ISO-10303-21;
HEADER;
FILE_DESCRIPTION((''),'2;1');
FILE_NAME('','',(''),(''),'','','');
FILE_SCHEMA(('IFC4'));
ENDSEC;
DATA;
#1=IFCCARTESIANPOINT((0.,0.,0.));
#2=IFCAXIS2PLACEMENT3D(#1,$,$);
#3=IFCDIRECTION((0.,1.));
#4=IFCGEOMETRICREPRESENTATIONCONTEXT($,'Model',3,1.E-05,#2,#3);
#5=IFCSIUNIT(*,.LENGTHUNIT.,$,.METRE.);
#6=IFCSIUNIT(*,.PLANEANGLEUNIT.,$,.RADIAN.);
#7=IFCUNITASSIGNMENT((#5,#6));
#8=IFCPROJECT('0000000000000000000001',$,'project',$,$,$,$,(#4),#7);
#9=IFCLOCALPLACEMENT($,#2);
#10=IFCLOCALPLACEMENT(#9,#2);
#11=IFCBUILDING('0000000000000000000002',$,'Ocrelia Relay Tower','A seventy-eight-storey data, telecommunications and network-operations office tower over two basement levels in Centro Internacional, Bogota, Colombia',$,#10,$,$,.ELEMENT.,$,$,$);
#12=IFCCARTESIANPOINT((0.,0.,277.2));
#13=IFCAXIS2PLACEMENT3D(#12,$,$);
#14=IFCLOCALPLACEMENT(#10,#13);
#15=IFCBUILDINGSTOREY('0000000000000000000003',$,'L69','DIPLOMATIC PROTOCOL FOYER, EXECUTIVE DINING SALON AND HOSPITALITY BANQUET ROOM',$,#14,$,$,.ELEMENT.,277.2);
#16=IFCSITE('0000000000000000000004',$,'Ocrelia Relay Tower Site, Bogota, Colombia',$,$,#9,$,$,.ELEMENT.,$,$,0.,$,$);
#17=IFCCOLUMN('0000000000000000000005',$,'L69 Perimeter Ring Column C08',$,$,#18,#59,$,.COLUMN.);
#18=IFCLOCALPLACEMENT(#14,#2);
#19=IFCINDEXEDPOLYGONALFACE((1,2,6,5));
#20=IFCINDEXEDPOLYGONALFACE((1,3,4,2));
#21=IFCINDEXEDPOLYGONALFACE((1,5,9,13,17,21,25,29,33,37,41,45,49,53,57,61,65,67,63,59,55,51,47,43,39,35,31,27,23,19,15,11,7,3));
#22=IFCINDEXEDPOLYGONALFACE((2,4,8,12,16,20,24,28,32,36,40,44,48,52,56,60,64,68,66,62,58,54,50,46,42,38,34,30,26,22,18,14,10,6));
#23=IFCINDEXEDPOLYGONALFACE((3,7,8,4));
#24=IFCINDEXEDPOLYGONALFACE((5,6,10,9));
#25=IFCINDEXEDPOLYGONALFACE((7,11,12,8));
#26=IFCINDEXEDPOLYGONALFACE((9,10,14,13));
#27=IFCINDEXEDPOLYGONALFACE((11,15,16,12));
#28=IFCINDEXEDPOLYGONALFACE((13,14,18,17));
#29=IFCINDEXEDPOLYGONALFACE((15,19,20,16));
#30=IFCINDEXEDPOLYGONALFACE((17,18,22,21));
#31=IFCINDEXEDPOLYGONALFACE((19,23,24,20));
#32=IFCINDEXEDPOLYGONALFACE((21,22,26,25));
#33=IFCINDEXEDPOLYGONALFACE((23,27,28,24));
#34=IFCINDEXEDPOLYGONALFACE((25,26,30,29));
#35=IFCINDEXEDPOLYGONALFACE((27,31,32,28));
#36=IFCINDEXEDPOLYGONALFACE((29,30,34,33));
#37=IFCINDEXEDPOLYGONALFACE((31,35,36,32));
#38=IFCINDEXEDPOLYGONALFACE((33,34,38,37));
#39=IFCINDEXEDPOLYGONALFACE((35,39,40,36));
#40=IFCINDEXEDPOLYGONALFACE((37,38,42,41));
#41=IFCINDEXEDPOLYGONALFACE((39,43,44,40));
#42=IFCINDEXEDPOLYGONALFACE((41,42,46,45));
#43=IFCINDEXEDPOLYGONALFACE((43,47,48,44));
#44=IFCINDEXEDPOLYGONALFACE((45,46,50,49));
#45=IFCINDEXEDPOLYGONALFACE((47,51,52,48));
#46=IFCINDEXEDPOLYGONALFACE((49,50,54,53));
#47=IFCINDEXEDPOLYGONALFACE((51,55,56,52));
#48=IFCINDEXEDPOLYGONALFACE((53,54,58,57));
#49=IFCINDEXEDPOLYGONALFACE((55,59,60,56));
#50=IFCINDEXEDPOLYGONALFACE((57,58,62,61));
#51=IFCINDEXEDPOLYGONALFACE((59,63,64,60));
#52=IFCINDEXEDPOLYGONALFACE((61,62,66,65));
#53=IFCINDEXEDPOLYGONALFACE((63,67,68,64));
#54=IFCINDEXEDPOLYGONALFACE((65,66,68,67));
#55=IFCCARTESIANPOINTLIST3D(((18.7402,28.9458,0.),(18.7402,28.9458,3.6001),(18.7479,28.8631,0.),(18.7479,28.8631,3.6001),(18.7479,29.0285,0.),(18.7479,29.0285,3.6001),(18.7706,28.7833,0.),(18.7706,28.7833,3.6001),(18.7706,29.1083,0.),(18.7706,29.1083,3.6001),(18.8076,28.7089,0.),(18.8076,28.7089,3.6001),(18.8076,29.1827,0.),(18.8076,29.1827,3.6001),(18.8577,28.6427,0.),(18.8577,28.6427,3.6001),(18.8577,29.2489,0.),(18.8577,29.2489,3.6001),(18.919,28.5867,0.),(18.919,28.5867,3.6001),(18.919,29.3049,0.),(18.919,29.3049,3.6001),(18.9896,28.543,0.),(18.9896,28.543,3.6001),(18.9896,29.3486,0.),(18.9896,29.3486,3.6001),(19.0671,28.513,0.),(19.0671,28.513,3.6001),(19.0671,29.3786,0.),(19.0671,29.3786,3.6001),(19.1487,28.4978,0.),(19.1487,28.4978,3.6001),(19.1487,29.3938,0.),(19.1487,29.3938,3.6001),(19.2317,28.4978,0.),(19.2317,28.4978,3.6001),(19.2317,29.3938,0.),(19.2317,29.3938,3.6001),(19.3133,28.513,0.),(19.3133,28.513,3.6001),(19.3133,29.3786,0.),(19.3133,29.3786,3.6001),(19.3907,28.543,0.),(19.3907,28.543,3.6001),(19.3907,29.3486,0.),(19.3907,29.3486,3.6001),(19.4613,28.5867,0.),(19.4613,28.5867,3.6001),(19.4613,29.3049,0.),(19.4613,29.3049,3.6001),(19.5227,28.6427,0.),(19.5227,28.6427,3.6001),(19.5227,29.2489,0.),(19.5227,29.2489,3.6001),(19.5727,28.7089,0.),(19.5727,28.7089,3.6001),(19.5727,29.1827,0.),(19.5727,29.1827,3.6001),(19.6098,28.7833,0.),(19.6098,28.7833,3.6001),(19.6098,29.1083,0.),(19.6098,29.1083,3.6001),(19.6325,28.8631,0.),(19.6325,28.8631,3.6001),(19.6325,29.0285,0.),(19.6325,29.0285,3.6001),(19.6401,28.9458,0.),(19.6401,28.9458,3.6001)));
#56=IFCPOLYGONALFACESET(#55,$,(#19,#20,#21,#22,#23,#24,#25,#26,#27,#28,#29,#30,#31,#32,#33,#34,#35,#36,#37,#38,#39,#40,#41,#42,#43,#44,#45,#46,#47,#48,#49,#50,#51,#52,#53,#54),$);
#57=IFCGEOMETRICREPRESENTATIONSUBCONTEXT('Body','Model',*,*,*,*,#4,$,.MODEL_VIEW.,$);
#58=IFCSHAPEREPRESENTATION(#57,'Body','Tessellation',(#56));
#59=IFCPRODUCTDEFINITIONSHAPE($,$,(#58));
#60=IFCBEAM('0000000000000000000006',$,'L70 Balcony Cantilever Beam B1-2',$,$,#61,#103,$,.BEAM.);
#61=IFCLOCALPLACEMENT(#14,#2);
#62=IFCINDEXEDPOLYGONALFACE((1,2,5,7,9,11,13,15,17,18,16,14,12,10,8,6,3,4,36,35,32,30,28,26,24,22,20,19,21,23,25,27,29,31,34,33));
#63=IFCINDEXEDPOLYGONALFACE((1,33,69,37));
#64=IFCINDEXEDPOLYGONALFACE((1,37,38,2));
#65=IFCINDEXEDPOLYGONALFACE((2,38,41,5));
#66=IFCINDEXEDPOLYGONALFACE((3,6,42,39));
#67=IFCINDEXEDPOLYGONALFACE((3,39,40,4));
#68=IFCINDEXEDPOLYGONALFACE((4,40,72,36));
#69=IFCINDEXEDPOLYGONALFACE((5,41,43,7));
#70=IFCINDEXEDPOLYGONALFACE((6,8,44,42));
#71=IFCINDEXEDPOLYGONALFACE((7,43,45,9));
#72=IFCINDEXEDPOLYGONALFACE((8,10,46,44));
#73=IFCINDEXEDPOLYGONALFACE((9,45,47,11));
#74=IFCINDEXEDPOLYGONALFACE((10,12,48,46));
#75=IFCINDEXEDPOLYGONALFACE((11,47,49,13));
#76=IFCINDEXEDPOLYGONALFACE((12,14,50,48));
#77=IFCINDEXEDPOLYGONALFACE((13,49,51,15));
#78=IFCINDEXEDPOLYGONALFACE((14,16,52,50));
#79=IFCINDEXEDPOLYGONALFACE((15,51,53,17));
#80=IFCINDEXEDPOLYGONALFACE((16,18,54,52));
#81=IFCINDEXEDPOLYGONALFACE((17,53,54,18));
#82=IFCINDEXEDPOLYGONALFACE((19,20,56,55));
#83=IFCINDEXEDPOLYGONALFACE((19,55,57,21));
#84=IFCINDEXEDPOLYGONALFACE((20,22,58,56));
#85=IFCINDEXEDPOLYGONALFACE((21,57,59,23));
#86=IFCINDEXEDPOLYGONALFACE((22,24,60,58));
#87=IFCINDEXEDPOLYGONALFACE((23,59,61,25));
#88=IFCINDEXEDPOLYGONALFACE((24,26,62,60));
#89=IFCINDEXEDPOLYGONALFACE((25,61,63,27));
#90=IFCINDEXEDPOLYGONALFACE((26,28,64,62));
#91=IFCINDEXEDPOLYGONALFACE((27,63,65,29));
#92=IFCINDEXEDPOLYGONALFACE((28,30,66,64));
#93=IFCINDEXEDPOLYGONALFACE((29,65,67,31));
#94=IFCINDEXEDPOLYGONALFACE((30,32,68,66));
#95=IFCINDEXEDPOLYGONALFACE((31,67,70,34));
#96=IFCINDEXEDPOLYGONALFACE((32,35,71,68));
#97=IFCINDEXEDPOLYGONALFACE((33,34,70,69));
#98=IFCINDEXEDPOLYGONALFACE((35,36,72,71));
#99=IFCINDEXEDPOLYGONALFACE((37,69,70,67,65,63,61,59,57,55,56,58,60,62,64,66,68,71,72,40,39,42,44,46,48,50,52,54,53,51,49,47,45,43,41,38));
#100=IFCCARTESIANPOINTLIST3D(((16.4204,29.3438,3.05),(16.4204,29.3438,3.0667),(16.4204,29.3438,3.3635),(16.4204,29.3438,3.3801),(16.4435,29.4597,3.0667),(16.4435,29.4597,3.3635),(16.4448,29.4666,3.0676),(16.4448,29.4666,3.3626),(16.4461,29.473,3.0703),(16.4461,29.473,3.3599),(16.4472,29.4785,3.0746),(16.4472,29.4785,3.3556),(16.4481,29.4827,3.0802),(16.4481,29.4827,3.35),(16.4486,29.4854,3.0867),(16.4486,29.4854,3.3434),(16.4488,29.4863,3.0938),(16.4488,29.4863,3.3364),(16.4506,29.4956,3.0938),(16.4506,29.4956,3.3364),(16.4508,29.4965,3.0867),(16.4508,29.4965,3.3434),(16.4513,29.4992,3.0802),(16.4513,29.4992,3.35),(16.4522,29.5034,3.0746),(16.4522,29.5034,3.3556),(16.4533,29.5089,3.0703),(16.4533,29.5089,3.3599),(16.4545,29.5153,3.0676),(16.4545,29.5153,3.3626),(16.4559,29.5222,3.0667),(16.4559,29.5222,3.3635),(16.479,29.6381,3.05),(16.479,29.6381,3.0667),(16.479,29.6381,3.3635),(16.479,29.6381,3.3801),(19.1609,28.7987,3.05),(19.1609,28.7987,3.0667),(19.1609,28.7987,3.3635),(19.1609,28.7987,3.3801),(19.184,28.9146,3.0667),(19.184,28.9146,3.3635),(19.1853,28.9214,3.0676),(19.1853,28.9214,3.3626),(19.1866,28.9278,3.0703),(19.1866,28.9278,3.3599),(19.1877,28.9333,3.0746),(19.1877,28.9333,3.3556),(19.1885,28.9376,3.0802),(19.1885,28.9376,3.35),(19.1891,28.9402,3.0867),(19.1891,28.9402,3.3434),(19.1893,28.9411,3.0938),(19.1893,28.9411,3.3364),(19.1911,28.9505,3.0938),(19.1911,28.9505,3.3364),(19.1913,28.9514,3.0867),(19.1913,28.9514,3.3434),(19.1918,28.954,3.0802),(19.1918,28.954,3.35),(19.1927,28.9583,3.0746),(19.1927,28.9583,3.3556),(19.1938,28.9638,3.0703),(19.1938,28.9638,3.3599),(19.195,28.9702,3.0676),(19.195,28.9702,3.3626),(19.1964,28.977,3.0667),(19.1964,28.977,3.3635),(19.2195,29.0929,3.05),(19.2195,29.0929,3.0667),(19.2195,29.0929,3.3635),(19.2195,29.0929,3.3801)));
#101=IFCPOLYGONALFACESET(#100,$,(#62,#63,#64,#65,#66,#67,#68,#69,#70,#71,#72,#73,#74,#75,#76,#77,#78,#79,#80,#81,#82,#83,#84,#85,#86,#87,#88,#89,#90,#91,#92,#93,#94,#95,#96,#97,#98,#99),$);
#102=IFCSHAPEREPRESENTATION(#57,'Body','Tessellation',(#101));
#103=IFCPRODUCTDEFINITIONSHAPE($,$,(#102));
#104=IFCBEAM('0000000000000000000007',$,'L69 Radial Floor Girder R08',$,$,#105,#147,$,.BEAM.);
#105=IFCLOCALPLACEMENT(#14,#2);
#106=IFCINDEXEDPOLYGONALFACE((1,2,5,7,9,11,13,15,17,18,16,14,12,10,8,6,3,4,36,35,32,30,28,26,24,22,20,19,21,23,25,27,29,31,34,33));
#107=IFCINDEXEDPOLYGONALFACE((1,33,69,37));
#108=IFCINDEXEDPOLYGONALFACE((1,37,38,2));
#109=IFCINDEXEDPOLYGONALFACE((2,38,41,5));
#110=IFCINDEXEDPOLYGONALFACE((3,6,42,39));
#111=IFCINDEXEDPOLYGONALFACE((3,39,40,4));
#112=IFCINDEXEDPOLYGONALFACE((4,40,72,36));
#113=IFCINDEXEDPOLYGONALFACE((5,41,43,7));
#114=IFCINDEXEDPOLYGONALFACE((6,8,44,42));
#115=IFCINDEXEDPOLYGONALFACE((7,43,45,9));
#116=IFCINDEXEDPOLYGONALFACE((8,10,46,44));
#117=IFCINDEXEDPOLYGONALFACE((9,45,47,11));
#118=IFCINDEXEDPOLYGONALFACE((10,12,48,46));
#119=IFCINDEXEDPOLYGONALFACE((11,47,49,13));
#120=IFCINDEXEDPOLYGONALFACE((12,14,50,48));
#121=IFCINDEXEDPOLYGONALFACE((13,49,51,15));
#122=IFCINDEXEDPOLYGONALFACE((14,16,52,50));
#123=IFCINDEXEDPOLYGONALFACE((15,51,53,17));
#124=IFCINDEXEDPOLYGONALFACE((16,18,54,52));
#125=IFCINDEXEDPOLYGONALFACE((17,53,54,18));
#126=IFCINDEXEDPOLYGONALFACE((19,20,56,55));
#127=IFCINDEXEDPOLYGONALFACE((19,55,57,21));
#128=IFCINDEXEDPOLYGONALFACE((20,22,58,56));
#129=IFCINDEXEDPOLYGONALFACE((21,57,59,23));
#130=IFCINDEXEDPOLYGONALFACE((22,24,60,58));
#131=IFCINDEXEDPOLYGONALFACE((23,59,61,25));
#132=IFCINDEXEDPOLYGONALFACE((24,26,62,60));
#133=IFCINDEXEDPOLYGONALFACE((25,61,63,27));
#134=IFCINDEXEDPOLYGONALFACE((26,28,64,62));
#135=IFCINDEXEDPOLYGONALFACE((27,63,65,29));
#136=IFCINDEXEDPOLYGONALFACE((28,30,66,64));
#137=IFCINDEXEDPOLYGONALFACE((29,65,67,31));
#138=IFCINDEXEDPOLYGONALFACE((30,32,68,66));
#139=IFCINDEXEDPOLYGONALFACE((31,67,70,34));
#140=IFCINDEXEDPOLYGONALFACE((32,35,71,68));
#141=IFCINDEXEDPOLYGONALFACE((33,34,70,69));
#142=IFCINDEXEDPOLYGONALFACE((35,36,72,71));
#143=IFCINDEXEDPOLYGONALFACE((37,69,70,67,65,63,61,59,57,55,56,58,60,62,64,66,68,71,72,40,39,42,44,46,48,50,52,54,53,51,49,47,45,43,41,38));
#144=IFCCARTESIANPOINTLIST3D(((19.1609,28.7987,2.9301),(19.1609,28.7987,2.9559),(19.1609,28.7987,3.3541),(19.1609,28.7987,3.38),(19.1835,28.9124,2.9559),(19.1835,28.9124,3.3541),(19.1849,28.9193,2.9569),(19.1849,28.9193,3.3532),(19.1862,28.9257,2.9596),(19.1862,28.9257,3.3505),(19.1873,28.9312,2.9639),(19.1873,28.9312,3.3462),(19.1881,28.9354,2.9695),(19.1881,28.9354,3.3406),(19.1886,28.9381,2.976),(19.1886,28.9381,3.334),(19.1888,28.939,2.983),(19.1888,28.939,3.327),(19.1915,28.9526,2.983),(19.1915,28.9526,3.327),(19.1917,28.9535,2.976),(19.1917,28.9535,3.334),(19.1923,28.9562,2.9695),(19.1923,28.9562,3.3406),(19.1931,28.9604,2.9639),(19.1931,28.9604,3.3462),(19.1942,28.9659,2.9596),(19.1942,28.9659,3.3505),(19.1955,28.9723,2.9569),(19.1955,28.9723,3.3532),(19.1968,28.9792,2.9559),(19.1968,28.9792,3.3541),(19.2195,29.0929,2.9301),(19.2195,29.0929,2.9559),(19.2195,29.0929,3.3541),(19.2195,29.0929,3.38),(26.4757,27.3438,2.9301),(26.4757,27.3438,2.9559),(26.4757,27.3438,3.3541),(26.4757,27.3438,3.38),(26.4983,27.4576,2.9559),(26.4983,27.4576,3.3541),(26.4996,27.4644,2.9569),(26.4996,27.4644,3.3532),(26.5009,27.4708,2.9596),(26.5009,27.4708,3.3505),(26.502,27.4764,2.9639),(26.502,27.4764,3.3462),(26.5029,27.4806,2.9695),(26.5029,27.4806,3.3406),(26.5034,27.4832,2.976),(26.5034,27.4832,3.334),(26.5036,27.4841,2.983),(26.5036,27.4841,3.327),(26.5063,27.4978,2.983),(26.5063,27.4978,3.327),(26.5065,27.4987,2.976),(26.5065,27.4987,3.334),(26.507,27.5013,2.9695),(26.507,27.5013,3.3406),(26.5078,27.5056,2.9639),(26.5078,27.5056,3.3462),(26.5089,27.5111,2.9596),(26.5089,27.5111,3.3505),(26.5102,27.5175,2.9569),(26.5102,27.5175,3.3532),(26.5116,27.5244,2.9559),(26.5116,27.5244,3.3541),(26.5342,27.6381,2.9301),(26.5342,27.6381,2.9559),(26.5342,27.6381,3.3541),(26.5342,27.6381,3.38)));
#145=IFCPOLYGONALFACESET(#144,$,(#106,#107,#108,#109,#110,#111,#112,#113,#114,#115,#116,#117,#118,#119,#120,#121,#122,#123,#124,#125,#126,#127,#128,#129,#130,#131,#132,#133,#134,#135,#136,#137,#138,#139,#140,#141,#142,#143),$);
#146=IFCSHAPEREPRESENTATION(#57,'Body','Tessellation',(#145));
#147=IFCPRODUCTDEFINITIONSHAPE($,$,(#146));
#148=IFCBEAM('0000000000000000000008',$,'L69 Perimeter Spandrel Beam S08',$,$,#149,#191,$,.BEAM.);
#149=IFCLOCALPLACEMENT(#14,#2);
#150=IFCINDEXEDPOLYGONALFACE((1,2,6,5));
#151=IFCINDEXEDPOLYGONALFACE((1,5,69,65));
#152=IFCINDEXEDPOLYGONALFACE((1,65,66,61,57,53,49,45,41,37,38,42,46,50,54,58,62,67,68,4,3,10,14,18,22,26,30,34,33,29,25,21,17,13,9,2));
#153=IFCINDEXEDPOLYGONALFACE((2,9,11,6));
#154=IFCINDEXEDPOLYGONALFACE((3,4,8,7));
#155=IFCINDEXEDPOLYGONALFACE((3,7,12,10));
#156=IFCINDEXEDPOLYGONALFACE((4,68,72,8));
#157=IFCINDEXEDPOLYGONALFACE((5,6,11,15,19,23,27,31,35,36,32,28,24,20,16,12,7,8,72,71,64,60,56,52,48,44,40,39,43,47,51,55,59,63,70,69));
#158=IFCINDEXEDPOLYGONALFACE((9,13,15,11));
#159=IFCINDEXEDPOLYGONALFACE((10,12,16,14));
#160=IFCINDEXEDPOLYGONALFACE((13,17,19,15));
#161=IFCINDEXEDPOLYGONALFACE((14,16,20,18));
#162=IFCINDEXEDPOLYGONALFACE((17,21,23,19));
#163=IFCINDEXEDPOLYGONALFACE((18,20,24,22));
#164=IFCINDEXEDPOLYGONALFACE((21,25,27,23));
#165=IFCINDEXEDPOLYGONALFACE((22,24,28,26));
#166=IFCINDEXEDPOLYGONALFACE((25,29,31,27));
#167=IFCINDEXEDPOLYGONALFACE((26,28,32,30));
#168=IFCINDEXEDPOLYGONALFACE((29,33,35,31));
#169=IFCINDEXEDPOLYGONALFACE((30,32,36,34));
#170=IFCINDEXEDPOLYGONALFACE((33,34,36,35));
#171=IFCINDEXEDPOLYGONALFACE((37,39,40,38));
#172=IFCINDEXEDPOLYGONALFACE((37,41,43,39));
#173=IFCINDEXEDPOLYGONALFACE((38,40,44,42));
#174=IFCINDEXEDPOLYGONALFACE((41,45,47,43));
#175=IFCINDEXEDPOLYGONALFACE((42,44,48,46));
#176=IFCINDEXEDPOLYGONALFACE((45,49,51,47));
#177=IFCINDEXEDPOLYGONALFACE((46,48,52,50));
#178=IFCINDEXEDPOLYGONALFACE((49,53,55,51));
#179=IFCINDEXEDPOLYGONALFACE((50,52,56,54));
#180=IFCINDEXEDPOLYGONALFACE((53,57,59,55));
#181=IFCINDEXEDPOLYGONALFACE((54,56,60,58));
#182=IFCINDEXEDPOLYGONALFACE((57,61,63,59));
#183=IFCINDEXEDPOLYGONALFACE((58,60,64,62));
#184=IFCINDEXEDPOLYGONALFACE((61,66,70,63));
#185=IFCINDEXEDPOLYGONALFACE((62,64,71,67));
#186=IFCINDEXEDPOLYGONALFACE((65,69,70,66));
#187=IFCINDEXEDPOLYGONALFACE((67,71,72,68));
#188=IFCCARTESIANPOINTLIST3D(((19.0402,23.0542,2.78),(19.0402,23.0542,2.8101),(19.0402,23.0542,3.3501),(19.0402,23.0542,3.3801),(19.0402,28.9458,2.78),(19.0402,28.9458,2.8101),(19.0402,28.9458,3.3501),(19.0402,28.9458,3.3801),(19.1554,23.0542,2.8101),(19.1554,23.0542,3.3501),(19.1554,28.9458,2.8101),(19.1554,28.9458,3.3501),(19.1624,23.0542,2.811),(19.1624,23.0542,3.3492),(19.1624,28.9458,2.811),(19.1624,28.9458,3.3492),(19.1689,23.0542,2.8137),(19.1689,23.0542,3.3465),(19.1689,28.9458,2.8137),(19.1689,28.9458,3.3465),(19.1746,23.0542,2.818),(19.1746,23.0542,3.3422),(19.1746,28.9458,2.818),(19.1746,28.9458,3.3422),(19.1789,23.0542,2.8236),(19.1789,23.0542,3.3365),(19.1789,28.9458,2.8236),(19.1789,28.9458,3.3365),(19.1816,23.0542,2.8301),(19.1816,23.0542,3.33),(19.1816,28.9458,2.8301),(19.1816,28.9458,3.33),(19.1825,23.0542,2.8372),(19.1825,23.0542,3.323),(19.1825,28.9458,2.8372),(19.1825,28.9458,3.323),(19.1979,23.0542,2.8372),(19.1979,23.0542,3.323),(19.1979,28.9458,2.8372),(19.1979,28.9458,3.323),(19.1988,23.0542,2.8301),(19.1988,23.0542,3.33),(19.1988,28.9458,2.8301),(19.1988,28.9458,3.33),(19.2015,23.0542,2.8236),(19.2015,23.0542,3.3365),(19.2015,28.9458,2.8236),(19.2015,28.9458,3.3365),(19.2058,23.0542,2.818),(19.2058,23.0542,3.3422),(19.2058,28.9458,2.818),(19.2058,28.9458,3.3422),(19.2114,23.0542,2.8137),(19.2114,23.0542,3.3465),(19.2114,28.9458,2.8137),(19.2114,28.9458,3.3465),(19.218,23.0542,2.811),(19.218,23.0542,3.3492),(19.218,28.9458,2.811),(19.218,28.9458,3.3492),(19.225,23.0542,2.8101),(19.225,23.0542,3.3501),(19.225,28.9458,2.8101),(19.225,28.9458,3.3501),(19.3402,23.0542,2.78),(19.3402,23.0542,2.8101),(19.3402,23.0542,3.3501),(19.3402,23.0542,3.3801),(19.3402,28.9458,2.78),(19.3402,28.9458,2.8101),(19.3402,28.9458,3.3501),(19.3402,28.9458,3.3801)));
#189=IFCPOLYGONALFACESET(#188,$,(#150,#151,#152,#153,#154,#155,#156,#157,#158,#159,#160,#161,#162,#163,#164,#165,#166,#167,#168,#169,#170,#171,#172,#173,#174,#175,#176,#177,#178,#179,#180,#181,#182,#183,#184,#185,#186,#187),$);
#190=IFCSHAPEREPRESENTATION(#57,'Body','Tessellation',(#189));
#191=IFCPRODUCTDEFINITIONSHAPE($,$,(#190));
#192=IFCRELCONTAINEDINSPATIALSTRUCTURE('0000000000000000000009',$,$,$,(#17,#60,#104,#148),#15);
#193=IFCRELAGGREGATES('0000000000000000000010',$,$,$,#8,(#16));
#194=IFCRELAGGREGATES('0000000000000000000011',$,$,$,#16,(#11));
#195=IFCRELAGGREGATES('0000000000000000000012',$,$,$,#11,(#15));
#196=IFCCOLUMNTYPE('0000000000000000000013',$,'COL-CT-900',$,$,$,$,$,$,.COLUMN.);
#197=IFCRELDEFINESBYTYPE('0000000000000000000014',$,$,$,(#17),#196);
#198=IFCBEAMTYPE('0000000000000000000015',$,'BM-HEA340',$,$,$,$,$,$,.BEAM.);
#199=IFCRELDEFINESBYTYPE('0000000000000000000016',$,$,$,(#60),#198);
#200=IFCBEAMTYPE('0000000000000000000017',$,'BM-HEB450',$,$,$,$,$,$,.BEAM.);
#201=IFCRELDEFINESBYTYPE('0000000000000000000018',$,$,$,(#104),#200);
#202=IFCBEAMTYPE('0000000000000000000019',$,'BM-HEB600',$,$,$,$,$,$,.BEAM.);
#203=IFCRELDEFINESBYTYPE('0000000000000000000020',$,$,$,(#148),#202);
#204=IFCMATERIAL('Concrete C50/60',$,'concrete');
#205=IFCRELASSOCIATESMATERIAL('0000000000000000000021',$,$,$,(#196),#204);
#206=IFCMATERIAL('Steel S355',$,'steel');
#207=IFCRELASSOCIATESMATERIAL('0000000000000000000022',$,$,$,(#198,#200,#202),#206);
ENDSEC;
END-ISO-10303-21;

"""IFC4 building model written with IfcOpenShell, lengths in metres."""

from ifc_helpers import new_model, si_unit, direction, frame, origin, origin_2d, place, context, subcontext, project, spatial, circle, i_section, extrude, material, material_profile, profile_set, type_object, element, save


model = new_model("IFC4")

# Units and contexts
model_context = context("Model", 3, precision=1e-05, world=origin(), true_north=direction((0.0, 1.0)))
body_context = subcontext(model_context, "Body", "Model", "MODEL_VIEW")
ifc_project = project(units=[si_unit("LENGTHUNIT", "METRE"), si_unit("PLANEANGLEUNIT", "RADIAN")], contexts=[model_context])

# Site, building, storey
site_placement = place(None, origin())
site = spatial("IfcSite", under=ifc_project, at=site_placement, Name="Ocrelia Relay Tower Site, Bogota, Colombia", CompositionType="ELEMENT", RefElevation=0.0)
building_placement = place(site_placement, origin())
building = spatial("IfcBuilding", under=site, at=building_placement, Name="Ocrelia Relay Tower", Description="A seventy-eight-storey data, telecommunications and network-operations office tower over two basement levels in Centro Internacional, Bogota, Colombia", CompositionType="ELEMENT")
storey_placement = place(building_placement, frame((0.0, 0.0, 277.2)))
storey = spatial("IfcBuildingStorey", under=building, at=storey_placement, Name="L69", Description="DIPLOMATIC PROTOCOL FOYER, EXECUTIVE DINING SALON AND HOSPITALITY BANQUET ROOM", CompositionType="ELEMENT", Elevation=277.2)

# Column
ifc_material_1 = material(Name="Concrete C50/60", Category="concrete")
ifc_material_profile_1 = material_profile(ifc_material_1, circle(Radius=0.45, at=origin_2d()), Name="RC-CIR-900")
ifc_profile_set_1 = profile_set([ifc_material_profile_1], Name="Concrete C50/60")
column_type = type_object("IfcColumnType", Name="COL-CT-900", PredefinedType="COLUMN", material=ifc_profile_set_1)
column_placement = place(storey_placement, frame((19.1902, 28.9458, 0.0), z_axis=(0.0, 0.0, 1.0), x_axis=(1.0, 0.0, 0.0)))
element("IfcColumn", 1, at=column_placement, inside=storey, type_object=column_type, Name="L69 Perimeter Ring Column C08", PredefinedType="COLUMN", context=body_context, shape_type="SweptSolid", body=[
    extrude(circle(Radius=0.45, at=origin_2d()), origin(), (0.0, 0.0, 1.0), 3.6001),
])

# Beams
ifc_material_2 = material(Name="Steel S355", Category="steel")
ifc_material_profile_2 = material_profile(ifc_material_2, i_section(OverallWidth=0.3, OverallDepth=0.3301, WebThickness=0.0095, FlangeThickness=0.0166, FilletRadius=0.0271, at=origin_2d()), Name="HEA 340")
ifc_profile_set_2 = profile_set([ifc_material_profile_2], Name="Steel S355")
beam_type_1 = type_object("IfcBeamType", Name="BM-HEA340", PredefinedType="BEAM", material=ifc_profile_set_2)
beam_1_placement = place(storey_placement, frame((19.1902, 28.9458, 3.2151), z_axis=(-0.980782, 0.195108, 0.0), x_axis=(-0.195108, -0.980782, 0.0)))
element("IfcBeam", 2, at=beam_1_placement, inside=storey, type_object=beam_type_1, Name="L70 Balcony Cantilever Beam B1-2", PredefinedType="BEAM", context=body_context, shape_type="SweptSolid", body=[
    extrude(i_section(OverallWidth=0.3, OverallDepth=0.3301, WebThickness=0.0095, FlangeThickness=0.0166, FilletRadius=0.0271, at=origin_2d()), origin(), (0.0, 0.0, 1.0), 2.7942),
])
ifc_material_profile_3 = material_profile(ifc_material_2, i_section(OverallWidth=0.3, OverallDepth=0.45, WebThickness=0.0139, FlangeThickness=0.0259, FilletRadius=0.0271, at=origin_2d()), Name="HEB 450")
ifc_profile_set_3 = profile_set([ifc_material_profile_3], Name="Steel S355")
beam_type_2 = type_object("IfcBeamType", Name="BM-HEB450", PredefinedType="BEAM", material=ifc_profile_set_3)
beam_2_placement = place(storey_placement, frame((19.1902, 28.9458, 3.155), z_axis=(0.980789, -0.195071, 0.0), x_axis=(0.195071, 0.980789, 0.0)))
element("IfcBeam", 3, at=beam_2_placement, inside=storey, type_object=beam_type_2, Name="L69 Radial Floor Girder R08", PredefinedType="BEAM", context=body_context, shape_type="SweptSolid", body=[
    extrude(i_section(OverallWidth=0.3, OverallDepth=0.45, WebThickness=0.0139, FlangeThickness=0.0259, FilletRadius=0.0271, at=origin_2d()), origin(), (0.0, 0.0, 1.0), 7.458),
])
ifc_material_profile_4 = material_profile(ifc_material_2, i_section(OverallWidth=0.3, OverallDepth=0.6001, WebThickness=0.0154, FlangeThickness=0.03, FilletRadius=0.0271, at=origin_2d()), Name="HEB 600")
ifc_profile_set_4 = profile_set([ifc_material_profile_4], Name="Steel S355")
beam_type_3 = type_object("IfcBeamType", Name="BM-HEB600", PredefinedType="BEAM", material=ifc_profile_set_4)
beam_3_placement = place(storey_placement, frame((19.1902, 28.9458, 3.0801), z_axis=(0.0, -1.0, 0.0), x_axis=(1.0, 0.0, 0.0)))
element("IfcBeam", 4, at=beam_3_placement, inside=storey, type_object=beam_type_3, Name="L69 Perimeter Spandrel Beam S08", PredefinedType="BEAM", context=body_context, shape_type="SweptSolid", body=[
    extrude(i_section(OverallWidth=0.3, OverallDepth=0.6001, WebThickness=0.0154, FlangeThickness=0.03, FilletRadius=0.0271, at=origin_2d()), origin(), (0.0, 0.0, 1.0), 5.8916),
])

save(model, "model.ifc")
